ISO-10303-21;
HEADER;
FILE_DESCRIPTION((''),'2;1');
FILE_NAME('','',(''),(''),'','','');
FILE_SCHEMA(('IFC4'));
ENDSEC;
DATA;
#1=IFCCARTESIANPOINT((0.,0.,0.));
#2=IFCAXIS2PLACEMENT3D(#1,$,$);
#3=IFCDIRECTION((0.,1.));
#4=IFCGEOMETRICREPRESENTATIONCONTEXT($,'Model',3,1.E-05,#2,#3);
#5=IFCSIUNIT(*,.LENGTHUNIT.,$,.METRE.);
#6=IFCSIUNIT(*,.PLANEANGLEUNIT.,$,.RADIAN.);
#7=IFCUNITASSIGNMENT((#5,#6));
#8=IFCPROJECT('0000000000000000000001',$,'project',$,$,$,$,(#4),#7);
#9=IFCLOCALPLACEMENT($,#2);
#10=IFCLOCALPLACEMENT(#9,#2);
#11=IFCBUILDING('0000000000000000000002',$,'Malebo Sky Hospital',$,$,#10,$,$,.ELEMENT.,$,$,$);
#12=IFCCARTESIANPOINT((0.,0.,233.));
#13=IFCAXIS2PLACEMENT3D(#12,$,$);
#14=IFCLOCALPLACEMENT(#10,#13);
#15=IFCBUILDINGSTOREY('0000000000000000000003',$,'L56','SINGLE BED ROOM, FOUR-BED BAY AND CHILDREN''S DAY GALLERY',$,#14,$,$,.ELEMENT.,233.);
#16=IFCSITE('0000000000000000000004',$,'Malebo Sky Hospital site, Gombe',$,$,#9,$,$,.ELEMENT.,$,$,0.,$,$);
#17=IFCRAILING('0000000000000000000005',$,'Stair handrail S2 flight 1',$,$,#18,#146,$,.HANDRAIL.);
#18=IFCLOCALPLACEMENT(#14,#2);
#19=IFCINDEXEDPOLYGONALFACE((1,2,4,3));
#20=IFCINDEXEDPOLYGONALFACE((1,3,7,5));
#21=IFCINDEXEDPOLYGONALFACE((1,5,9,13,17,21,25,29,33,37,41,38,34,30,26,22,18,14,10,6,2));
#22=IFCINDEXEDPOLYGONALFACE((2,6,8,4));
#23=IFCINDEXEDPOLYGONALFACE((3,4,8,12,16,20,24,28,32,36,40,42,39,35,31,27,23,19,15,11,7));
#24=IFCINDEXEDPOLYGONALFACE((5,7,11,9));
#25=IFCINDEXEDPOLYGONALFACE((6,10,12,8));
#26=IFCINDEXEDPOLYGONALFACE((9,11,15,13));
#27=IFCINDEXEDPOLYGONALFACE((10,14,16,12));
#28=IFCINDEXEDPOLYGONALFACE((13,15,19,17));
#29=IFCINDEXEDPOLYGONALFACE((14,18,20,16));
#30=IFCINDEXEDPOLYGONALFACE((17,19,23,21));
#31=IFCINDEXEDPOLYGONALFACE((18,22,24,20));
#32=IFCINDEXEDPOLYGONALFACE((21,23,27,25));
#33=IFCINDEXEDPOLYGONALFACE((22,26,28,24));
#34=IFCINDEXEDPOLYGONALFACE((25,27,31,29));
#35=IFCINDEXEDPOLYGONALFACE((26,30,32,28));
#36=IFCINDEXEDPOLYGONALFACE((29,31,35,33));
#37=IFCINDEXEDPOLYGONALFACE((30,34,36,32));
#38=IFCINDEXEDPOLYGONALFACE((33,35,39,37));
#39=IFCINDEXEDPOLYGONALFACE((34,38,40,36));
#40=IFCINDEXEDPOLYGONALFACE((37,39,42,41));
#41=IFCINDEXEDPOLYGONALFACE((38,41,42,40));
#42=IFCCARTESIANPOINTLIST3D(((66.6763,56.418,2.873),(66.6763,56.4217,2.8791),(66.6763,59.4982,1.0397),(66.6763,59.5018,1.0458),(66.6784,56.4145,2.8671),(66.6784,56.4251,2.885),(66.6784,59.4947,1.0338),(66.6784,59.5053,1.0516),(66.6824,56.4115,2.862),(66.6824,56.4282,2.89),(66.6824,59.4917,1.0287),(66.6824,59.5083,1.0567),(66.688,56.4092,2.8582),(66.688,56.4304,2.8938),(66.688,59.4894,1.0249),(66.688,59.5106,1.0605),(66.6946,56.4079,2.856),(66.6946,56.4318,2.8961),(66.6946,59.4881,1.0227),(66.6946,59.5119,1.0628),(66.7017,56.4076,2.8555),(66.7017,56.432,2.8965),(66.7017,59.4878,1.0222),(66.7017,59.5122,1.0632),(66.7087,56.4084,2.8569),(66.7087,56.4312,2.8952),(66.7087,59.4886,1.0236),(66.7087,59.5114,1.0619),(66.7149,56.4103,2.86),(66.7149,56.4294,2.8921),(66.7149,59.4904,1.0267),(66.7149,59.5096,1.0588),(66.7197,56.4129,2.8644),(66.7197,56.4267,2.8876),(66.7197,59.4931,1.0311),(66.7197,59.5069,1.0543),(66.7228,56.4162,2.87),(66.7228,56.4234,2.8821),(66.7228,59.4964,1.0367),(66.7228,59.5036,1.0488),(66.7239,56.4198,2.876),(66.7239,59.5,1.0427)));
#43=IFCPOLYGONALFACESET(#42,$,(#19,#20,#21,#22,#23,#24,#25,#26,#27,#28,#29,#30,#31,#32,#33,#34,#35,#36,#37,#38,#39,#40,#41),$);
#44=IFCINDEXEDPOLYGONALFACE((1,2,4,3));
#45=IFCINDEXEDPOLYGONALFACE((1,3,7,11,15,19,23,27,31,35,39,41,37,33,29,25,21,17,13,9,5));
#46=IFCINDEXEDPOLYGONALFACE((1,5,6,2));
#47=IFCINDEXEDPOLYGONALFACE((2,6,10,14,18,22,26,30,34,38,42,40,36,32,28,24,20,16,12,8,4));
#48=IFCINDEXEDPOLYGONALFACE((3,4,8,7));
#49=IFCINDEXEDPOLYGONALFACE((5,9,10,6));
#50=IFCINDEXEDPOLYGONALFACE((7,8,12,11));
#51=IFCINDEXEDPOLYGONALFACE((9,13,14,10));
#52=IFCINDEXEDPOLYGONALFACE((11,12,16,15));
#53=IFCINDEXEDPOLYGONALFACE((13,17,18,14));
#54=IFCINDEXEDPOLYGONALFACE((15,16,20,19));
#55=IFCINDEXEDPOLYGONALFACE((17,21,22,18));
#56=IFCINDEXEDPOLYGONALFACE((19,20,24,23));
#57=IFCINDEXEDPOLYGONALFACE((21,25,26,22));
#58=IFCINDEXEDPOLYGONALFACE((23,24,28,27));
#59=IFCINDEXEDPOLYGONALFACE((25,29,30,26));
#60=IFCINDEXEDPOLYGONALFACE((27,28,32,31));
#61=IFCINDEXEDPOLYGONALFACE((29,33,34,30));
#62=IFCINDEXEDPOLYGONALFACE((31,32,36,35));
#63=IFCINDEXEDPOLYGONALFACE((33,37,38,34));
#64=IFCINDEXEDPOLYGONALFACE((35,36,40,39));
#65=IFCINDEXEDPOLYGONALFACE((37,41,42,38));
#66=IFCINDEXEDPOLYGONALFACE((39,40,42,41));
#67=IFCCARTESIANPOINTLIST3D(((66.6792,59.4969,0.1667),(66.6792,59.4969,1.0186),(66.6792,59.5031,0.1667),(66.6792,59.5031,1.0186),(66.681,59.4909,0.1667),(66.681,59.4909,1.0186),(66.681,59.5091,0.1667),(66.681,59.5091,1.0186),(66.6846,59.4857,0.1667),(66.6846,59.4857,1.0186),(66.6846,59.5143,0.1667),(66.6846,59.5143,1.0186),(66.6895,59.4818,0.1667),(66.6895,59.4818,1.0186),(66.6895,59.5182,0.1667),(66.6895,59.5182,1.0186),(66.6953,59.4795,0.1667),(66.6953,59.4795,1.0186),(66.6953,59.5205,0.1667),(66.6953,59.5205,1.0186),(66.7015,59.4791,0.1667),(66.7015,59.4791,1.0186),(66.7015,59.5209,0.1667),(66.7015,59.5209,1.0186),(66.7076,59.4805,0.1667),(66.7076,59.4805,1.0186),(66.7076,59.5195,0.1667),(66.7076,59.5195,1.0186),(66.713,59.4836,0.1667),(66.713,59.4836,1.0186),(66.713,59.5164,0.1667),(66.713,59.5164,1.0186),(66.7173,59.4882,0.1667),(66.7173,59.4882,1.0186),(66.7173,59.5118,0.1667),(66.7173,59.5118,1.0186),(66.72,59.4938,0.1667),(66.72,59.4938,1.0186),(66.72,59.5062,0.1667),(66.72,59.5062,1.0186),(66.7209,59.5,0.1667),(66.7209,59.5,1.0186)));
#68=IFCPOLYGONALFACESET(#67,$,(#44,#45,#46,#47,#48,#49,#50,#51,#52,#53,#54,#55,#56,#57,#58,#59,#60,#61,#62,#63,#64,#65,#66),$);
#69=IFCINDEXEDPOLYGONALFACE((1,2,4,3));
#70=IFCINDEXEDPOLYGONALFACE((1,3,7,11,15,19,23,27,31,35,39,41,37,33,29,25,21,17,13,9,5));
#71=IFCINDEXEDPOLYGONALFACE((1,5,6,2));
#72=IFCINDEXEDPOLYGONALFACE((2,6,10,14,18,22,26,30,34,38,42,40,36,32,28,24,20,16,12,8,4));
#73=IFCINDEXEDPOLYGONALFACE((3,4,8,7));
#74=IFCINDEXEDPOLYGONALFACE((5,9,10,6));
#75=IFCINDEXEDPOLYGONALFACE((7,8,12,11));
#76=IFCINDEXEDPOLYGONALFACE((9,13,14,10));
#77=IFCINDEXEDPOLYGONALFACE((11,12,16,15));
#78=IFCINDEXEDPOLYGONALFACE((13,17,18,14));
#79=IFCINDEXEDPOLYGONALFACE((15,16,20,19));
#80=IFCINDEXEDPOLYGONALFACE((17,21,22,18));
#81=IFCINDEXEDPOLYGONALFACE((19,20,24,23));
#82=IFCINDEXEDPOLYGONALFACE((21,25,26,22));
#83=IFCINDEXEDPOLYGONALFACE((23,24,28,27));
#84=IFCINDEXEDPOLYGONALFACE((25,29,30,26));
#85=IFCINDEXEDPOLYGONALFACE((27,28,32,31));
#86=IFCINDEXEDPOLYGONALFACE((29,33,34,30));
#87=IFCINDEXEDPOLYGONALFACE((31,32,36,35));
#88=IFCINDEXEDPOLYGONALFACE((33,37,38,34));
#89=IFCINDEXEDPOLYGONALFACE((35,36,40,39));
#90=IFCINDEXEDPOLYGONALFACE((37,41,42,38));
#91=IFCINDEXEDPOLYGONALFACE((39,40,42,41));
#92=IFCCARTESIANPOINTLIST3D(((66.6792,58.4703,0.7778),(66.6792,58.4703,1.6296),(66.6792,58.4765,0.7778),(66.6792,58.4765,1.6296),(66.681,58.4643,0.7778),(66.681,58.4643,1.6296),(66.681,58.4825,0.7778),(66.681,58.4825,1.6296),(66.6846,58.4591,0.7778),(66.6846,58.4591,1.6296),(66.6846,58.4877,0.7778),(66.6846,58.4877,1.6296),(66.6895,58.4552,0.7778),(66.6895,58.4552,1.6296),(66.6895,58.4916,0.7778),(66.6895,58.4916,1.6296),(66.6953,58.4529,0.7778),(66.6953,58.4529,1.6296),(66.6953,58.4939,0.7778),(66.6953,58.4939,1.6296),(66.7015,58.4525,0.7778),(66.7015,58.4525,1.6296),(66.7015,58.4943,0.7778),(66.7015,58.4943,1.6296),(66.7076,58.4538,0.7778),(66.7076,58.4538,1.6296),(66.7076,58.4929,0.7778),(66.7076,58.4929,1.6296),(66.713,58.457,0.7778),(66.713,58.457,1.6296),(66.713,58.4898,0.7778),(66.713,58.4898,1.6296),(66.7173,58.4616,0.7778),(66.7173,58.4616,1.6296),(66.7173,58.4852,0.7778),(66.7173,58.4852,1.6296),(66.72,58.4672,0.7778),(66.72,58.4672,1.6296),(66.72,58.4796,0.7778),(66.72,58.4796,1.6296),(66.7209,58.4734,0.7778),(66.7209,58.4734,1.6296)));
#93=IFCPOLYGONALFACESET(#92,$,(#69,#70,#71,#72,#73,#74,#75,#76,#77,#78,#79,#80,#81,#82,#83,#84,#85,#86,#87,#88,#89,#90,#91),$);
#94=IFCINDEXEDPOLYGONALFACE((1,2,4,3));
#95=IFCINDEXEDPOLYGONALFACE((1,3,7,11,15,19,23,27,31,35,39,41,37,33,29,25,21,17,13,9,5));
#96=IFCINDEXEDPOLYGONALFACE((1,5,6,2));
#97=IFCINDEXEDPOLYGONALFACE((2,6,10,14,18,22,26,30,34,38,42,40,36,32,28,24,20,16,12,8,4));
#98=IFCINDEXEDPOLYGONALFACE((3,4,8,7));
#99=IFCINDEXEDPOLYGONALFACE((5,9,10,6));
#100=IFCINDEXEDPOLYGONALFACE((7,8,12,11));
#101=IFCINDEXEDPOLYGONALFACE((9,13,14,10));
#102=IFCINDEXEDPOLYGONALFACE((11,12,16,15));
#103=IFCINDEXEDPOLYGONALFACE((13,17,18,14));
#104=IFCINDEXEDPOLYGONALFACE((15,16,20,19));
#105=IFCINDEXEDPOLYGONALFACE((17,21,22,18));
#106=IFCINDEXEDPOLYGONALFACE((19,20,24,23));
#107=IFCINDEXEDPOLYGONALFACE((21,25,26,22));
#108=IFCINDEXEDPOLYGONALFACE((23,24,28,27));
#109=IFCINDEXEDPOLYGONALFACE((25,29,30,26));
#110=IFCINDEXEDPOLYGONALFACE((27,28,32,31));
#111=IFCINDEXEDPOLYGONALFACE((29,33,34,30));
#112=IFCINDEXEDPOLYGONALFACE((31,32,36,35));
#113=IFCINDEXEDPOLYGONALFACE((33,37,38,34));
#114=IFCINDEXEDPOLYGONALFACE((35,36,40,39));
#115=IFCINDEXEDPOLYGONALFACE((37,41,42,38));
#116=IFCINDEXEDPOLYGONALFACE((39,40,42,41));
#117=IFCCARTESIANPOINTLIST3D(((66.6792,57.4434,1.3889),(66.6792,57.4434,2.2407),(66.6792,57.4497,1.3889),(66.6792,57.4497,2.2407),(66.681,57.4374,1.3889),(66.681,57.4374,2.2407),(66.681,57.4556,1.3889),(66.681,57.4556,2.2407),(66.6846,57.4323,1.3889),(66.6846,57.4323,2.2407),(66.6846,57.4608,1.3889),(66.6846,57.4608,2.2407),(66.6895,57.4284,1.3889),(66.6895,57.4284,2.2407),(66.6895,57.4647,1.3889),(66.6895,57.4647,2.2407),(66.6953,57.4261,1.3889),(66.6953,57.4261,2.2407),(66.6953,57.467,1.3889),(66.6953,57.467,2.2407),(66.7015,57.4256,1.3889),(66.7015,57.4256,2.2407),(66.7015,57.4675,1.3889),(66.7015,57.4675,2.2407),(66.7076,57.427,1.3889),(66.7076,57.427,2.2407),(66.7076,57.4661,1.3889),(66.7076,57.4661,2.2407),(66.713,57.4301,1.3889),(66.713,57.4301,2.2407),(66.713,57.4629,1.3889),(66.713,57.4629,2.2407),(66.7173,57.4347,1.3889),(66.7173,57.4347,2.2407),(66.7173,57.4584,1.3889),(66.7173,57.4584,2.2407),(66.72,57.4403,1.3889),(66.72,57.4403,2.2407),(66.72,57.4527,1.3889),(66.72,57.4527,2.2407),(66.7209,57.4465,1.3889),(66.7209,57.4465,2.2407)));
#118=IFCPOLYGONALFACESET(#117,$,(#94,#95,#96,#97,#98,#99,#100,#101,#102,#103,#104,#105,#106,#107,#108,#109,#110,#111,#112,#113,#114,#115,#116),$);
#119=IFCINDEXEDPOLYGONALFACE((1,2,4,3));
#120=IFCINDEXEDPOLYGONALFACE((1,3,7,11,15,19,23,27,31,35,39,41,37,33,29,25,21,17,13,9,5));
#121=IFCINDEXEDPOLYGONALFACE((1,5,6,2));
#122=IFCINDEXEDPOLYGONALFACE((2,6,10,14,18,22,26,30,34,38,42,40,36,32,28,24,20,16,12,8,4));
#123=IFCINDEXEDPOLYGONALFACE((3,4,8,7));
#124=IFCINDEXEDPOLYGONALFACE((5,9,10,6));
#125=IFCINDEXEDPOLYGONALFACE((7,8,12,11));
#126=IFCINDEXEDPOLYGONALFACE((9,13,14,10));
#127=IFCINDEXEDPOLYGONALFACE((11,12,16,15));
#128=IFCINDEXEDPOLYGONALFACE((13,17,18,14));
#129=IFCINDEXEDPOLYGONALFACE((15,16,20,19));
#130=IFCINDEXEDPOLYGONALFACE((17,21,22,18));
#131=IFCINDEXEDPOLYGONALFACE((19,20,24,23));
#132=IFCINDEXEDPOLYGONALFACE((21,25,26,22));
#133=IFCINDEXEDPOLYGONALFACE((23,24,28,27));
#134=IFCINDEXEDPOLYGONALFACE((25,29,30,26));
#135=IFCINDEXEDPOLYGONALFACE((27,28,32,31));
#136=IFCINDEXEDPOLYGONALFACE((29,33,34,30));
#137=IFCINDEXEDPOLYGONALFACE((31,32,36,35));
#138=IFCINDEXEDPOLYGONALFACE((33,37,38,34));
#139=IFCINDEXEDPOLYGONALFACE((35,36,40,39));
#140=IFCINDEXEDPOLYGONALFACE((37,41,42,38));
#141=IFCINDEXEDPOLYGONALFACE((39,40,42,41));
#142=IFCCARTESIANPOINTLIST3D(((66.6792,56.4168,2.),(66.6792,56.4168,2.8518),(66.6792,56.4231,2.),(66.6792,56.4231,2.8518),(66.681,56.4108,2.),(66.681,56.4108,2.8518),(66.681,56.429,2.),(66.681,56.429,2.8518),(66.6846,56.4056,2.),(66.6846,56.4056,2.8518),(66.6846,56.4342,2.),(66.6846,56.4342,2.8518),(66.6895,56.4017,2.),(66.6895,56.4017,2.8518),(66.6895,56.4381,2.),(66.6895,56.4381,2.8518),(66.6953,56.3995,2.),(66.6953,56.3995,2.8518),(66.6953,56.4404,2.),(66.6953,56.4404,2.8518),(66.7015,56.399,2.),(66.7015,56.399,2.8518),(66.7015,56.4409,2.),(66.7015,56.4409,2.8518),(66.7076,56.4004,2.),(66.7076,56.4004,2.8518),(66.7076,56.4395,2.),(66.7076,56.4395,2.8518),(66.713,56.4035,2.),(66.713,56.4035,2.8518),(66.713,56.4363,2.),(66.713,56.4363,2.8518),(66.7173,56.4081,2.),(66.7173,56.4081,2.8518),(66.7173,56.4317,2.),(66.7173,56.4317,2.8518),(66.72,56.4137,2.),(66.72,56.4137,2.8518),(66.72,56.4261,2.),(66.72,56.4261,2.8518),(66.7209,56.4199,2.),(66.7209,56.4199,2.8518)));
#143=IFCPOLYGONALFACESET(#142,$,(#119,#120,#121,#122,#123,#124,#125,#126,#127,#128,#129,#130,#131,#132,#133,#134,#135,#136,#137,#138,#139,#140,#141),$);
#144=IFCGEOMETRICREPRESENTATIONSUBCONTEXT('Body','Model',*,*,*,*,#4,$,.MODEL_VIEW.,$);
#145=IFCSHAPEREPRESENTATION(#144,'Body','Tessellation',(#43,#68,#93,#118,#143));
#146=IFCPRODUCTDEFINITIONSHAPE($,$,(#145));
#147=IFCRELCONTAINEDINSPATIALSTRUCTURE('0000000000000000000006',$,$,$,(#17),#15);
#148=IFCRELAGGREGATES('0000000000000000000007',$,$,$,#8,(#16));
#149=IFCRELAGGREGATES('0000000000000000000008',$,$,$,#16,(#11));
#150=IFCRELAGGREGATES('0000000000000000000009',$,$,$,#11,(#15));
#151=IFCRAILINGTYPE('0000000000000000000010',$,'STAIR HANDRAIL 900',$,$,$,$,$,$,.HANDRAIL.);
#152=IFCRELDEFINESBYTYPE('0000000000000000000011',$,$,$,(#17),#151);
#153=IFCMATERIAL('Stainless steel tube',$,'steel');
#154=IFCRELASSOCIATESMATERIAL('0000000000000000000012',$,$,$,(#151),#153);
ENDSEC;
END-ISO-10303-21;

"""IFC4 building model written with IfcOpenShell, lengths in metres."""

from ifc_helpers import new_model, si_unit, direction, frame, origin, origin_2d, place, context, subcontext, project, spatial, circle, extrude, material, type_object, element, save


model = new_model("IFC4")

# Units and contexts
model_context = context("Model", 3, precision=1e-05, world=origin(), true_north=direction((0.0, 1.0)))
body_context = subcontext(model_context, "Body", "Model", "MODEL_VIEW")
ifc_project = project(units=[si_unit("LENGTHUNIT", "METRE"), si_unit("PLANEANGLEUNIT", "RADIAN")], contexts=[model_context])

# Site, building, storey
site_placement = place(None, origin())
site = spatial("IfcSite", under=ifc_project, at=site_placement, Name="Malebo Sky Hospital site, Gombe", CompositionType="ELEMENT", RefElevation=0.0)
building_placement = place(site_placement, origin())
building = spatial("IfcBuilding", under=site, at=building_placement, Name="Malebo Sky Hospital", CompositionType="ELEMENT")
storey_placement = place(building_placement, frame((0.0, 0.0, 233.0)))
storey = spatial("IfcBuildingStorey", under=building, at=storey_placement, Name="L56", Description="SINGLE BED ROOM, FOUR-BED BAY AND CHILDREN'S DAY GALLERY", CompositionType="ELEMENT", Elevation=233.0)

# Railing
ifc_material_1 = material(Name="Stainless steel tube", Category="steel")
railing_type = type_object("IfcRailingType", Name="STAIR HANDRAIL 900", PredefinedType="HANDRAIL", material=ifc_material_1)
railing_1_placement = place(storey_placement, frame((66.7, 59.5, 0.1667)))
element("IfcRailing", 1, at=railing_1_placement, inside=storey, type_object=railing_type, Name="Stair handrail S2 flight 1", PredefinedType="HANDRAIL", context=body_context, shape_type="SweptSolid", body=[
    extrude(circle(Radius=0.0239, at=origin_2d()), frame((0.0, 0.0, 0.876), z_axis=(0.0, -0.859309, 0.511458), x_axis=(1.0, 0.0, 0.0)), (0.0, 0.0, 1.0), 3.5845),
    extrude(circle(Radius=0.021, at=origin_2d()), origin(), (0.0, 0.0, 1.0), 0.8518),
    extrude(circle(Radius=0.021, at=origin_2d()), frame((0.0, -1.0266, 0.6111)), (0.0, 0.0, 1.0), 0.8518),
    extrude(circle(Radius=0.021, at=origin_2d()), frame((0.0, -2.0535, 1.2222)), (0.0, 0.0, 1.0), 0.8518),
    extrude(circle(Radius=0.021, at=origin_2d()), frame((0.0, -3.0801, 1.8333)), (0.0, 0.0, 1.0), 0.8518),
])

save(model, "model.ifc")
